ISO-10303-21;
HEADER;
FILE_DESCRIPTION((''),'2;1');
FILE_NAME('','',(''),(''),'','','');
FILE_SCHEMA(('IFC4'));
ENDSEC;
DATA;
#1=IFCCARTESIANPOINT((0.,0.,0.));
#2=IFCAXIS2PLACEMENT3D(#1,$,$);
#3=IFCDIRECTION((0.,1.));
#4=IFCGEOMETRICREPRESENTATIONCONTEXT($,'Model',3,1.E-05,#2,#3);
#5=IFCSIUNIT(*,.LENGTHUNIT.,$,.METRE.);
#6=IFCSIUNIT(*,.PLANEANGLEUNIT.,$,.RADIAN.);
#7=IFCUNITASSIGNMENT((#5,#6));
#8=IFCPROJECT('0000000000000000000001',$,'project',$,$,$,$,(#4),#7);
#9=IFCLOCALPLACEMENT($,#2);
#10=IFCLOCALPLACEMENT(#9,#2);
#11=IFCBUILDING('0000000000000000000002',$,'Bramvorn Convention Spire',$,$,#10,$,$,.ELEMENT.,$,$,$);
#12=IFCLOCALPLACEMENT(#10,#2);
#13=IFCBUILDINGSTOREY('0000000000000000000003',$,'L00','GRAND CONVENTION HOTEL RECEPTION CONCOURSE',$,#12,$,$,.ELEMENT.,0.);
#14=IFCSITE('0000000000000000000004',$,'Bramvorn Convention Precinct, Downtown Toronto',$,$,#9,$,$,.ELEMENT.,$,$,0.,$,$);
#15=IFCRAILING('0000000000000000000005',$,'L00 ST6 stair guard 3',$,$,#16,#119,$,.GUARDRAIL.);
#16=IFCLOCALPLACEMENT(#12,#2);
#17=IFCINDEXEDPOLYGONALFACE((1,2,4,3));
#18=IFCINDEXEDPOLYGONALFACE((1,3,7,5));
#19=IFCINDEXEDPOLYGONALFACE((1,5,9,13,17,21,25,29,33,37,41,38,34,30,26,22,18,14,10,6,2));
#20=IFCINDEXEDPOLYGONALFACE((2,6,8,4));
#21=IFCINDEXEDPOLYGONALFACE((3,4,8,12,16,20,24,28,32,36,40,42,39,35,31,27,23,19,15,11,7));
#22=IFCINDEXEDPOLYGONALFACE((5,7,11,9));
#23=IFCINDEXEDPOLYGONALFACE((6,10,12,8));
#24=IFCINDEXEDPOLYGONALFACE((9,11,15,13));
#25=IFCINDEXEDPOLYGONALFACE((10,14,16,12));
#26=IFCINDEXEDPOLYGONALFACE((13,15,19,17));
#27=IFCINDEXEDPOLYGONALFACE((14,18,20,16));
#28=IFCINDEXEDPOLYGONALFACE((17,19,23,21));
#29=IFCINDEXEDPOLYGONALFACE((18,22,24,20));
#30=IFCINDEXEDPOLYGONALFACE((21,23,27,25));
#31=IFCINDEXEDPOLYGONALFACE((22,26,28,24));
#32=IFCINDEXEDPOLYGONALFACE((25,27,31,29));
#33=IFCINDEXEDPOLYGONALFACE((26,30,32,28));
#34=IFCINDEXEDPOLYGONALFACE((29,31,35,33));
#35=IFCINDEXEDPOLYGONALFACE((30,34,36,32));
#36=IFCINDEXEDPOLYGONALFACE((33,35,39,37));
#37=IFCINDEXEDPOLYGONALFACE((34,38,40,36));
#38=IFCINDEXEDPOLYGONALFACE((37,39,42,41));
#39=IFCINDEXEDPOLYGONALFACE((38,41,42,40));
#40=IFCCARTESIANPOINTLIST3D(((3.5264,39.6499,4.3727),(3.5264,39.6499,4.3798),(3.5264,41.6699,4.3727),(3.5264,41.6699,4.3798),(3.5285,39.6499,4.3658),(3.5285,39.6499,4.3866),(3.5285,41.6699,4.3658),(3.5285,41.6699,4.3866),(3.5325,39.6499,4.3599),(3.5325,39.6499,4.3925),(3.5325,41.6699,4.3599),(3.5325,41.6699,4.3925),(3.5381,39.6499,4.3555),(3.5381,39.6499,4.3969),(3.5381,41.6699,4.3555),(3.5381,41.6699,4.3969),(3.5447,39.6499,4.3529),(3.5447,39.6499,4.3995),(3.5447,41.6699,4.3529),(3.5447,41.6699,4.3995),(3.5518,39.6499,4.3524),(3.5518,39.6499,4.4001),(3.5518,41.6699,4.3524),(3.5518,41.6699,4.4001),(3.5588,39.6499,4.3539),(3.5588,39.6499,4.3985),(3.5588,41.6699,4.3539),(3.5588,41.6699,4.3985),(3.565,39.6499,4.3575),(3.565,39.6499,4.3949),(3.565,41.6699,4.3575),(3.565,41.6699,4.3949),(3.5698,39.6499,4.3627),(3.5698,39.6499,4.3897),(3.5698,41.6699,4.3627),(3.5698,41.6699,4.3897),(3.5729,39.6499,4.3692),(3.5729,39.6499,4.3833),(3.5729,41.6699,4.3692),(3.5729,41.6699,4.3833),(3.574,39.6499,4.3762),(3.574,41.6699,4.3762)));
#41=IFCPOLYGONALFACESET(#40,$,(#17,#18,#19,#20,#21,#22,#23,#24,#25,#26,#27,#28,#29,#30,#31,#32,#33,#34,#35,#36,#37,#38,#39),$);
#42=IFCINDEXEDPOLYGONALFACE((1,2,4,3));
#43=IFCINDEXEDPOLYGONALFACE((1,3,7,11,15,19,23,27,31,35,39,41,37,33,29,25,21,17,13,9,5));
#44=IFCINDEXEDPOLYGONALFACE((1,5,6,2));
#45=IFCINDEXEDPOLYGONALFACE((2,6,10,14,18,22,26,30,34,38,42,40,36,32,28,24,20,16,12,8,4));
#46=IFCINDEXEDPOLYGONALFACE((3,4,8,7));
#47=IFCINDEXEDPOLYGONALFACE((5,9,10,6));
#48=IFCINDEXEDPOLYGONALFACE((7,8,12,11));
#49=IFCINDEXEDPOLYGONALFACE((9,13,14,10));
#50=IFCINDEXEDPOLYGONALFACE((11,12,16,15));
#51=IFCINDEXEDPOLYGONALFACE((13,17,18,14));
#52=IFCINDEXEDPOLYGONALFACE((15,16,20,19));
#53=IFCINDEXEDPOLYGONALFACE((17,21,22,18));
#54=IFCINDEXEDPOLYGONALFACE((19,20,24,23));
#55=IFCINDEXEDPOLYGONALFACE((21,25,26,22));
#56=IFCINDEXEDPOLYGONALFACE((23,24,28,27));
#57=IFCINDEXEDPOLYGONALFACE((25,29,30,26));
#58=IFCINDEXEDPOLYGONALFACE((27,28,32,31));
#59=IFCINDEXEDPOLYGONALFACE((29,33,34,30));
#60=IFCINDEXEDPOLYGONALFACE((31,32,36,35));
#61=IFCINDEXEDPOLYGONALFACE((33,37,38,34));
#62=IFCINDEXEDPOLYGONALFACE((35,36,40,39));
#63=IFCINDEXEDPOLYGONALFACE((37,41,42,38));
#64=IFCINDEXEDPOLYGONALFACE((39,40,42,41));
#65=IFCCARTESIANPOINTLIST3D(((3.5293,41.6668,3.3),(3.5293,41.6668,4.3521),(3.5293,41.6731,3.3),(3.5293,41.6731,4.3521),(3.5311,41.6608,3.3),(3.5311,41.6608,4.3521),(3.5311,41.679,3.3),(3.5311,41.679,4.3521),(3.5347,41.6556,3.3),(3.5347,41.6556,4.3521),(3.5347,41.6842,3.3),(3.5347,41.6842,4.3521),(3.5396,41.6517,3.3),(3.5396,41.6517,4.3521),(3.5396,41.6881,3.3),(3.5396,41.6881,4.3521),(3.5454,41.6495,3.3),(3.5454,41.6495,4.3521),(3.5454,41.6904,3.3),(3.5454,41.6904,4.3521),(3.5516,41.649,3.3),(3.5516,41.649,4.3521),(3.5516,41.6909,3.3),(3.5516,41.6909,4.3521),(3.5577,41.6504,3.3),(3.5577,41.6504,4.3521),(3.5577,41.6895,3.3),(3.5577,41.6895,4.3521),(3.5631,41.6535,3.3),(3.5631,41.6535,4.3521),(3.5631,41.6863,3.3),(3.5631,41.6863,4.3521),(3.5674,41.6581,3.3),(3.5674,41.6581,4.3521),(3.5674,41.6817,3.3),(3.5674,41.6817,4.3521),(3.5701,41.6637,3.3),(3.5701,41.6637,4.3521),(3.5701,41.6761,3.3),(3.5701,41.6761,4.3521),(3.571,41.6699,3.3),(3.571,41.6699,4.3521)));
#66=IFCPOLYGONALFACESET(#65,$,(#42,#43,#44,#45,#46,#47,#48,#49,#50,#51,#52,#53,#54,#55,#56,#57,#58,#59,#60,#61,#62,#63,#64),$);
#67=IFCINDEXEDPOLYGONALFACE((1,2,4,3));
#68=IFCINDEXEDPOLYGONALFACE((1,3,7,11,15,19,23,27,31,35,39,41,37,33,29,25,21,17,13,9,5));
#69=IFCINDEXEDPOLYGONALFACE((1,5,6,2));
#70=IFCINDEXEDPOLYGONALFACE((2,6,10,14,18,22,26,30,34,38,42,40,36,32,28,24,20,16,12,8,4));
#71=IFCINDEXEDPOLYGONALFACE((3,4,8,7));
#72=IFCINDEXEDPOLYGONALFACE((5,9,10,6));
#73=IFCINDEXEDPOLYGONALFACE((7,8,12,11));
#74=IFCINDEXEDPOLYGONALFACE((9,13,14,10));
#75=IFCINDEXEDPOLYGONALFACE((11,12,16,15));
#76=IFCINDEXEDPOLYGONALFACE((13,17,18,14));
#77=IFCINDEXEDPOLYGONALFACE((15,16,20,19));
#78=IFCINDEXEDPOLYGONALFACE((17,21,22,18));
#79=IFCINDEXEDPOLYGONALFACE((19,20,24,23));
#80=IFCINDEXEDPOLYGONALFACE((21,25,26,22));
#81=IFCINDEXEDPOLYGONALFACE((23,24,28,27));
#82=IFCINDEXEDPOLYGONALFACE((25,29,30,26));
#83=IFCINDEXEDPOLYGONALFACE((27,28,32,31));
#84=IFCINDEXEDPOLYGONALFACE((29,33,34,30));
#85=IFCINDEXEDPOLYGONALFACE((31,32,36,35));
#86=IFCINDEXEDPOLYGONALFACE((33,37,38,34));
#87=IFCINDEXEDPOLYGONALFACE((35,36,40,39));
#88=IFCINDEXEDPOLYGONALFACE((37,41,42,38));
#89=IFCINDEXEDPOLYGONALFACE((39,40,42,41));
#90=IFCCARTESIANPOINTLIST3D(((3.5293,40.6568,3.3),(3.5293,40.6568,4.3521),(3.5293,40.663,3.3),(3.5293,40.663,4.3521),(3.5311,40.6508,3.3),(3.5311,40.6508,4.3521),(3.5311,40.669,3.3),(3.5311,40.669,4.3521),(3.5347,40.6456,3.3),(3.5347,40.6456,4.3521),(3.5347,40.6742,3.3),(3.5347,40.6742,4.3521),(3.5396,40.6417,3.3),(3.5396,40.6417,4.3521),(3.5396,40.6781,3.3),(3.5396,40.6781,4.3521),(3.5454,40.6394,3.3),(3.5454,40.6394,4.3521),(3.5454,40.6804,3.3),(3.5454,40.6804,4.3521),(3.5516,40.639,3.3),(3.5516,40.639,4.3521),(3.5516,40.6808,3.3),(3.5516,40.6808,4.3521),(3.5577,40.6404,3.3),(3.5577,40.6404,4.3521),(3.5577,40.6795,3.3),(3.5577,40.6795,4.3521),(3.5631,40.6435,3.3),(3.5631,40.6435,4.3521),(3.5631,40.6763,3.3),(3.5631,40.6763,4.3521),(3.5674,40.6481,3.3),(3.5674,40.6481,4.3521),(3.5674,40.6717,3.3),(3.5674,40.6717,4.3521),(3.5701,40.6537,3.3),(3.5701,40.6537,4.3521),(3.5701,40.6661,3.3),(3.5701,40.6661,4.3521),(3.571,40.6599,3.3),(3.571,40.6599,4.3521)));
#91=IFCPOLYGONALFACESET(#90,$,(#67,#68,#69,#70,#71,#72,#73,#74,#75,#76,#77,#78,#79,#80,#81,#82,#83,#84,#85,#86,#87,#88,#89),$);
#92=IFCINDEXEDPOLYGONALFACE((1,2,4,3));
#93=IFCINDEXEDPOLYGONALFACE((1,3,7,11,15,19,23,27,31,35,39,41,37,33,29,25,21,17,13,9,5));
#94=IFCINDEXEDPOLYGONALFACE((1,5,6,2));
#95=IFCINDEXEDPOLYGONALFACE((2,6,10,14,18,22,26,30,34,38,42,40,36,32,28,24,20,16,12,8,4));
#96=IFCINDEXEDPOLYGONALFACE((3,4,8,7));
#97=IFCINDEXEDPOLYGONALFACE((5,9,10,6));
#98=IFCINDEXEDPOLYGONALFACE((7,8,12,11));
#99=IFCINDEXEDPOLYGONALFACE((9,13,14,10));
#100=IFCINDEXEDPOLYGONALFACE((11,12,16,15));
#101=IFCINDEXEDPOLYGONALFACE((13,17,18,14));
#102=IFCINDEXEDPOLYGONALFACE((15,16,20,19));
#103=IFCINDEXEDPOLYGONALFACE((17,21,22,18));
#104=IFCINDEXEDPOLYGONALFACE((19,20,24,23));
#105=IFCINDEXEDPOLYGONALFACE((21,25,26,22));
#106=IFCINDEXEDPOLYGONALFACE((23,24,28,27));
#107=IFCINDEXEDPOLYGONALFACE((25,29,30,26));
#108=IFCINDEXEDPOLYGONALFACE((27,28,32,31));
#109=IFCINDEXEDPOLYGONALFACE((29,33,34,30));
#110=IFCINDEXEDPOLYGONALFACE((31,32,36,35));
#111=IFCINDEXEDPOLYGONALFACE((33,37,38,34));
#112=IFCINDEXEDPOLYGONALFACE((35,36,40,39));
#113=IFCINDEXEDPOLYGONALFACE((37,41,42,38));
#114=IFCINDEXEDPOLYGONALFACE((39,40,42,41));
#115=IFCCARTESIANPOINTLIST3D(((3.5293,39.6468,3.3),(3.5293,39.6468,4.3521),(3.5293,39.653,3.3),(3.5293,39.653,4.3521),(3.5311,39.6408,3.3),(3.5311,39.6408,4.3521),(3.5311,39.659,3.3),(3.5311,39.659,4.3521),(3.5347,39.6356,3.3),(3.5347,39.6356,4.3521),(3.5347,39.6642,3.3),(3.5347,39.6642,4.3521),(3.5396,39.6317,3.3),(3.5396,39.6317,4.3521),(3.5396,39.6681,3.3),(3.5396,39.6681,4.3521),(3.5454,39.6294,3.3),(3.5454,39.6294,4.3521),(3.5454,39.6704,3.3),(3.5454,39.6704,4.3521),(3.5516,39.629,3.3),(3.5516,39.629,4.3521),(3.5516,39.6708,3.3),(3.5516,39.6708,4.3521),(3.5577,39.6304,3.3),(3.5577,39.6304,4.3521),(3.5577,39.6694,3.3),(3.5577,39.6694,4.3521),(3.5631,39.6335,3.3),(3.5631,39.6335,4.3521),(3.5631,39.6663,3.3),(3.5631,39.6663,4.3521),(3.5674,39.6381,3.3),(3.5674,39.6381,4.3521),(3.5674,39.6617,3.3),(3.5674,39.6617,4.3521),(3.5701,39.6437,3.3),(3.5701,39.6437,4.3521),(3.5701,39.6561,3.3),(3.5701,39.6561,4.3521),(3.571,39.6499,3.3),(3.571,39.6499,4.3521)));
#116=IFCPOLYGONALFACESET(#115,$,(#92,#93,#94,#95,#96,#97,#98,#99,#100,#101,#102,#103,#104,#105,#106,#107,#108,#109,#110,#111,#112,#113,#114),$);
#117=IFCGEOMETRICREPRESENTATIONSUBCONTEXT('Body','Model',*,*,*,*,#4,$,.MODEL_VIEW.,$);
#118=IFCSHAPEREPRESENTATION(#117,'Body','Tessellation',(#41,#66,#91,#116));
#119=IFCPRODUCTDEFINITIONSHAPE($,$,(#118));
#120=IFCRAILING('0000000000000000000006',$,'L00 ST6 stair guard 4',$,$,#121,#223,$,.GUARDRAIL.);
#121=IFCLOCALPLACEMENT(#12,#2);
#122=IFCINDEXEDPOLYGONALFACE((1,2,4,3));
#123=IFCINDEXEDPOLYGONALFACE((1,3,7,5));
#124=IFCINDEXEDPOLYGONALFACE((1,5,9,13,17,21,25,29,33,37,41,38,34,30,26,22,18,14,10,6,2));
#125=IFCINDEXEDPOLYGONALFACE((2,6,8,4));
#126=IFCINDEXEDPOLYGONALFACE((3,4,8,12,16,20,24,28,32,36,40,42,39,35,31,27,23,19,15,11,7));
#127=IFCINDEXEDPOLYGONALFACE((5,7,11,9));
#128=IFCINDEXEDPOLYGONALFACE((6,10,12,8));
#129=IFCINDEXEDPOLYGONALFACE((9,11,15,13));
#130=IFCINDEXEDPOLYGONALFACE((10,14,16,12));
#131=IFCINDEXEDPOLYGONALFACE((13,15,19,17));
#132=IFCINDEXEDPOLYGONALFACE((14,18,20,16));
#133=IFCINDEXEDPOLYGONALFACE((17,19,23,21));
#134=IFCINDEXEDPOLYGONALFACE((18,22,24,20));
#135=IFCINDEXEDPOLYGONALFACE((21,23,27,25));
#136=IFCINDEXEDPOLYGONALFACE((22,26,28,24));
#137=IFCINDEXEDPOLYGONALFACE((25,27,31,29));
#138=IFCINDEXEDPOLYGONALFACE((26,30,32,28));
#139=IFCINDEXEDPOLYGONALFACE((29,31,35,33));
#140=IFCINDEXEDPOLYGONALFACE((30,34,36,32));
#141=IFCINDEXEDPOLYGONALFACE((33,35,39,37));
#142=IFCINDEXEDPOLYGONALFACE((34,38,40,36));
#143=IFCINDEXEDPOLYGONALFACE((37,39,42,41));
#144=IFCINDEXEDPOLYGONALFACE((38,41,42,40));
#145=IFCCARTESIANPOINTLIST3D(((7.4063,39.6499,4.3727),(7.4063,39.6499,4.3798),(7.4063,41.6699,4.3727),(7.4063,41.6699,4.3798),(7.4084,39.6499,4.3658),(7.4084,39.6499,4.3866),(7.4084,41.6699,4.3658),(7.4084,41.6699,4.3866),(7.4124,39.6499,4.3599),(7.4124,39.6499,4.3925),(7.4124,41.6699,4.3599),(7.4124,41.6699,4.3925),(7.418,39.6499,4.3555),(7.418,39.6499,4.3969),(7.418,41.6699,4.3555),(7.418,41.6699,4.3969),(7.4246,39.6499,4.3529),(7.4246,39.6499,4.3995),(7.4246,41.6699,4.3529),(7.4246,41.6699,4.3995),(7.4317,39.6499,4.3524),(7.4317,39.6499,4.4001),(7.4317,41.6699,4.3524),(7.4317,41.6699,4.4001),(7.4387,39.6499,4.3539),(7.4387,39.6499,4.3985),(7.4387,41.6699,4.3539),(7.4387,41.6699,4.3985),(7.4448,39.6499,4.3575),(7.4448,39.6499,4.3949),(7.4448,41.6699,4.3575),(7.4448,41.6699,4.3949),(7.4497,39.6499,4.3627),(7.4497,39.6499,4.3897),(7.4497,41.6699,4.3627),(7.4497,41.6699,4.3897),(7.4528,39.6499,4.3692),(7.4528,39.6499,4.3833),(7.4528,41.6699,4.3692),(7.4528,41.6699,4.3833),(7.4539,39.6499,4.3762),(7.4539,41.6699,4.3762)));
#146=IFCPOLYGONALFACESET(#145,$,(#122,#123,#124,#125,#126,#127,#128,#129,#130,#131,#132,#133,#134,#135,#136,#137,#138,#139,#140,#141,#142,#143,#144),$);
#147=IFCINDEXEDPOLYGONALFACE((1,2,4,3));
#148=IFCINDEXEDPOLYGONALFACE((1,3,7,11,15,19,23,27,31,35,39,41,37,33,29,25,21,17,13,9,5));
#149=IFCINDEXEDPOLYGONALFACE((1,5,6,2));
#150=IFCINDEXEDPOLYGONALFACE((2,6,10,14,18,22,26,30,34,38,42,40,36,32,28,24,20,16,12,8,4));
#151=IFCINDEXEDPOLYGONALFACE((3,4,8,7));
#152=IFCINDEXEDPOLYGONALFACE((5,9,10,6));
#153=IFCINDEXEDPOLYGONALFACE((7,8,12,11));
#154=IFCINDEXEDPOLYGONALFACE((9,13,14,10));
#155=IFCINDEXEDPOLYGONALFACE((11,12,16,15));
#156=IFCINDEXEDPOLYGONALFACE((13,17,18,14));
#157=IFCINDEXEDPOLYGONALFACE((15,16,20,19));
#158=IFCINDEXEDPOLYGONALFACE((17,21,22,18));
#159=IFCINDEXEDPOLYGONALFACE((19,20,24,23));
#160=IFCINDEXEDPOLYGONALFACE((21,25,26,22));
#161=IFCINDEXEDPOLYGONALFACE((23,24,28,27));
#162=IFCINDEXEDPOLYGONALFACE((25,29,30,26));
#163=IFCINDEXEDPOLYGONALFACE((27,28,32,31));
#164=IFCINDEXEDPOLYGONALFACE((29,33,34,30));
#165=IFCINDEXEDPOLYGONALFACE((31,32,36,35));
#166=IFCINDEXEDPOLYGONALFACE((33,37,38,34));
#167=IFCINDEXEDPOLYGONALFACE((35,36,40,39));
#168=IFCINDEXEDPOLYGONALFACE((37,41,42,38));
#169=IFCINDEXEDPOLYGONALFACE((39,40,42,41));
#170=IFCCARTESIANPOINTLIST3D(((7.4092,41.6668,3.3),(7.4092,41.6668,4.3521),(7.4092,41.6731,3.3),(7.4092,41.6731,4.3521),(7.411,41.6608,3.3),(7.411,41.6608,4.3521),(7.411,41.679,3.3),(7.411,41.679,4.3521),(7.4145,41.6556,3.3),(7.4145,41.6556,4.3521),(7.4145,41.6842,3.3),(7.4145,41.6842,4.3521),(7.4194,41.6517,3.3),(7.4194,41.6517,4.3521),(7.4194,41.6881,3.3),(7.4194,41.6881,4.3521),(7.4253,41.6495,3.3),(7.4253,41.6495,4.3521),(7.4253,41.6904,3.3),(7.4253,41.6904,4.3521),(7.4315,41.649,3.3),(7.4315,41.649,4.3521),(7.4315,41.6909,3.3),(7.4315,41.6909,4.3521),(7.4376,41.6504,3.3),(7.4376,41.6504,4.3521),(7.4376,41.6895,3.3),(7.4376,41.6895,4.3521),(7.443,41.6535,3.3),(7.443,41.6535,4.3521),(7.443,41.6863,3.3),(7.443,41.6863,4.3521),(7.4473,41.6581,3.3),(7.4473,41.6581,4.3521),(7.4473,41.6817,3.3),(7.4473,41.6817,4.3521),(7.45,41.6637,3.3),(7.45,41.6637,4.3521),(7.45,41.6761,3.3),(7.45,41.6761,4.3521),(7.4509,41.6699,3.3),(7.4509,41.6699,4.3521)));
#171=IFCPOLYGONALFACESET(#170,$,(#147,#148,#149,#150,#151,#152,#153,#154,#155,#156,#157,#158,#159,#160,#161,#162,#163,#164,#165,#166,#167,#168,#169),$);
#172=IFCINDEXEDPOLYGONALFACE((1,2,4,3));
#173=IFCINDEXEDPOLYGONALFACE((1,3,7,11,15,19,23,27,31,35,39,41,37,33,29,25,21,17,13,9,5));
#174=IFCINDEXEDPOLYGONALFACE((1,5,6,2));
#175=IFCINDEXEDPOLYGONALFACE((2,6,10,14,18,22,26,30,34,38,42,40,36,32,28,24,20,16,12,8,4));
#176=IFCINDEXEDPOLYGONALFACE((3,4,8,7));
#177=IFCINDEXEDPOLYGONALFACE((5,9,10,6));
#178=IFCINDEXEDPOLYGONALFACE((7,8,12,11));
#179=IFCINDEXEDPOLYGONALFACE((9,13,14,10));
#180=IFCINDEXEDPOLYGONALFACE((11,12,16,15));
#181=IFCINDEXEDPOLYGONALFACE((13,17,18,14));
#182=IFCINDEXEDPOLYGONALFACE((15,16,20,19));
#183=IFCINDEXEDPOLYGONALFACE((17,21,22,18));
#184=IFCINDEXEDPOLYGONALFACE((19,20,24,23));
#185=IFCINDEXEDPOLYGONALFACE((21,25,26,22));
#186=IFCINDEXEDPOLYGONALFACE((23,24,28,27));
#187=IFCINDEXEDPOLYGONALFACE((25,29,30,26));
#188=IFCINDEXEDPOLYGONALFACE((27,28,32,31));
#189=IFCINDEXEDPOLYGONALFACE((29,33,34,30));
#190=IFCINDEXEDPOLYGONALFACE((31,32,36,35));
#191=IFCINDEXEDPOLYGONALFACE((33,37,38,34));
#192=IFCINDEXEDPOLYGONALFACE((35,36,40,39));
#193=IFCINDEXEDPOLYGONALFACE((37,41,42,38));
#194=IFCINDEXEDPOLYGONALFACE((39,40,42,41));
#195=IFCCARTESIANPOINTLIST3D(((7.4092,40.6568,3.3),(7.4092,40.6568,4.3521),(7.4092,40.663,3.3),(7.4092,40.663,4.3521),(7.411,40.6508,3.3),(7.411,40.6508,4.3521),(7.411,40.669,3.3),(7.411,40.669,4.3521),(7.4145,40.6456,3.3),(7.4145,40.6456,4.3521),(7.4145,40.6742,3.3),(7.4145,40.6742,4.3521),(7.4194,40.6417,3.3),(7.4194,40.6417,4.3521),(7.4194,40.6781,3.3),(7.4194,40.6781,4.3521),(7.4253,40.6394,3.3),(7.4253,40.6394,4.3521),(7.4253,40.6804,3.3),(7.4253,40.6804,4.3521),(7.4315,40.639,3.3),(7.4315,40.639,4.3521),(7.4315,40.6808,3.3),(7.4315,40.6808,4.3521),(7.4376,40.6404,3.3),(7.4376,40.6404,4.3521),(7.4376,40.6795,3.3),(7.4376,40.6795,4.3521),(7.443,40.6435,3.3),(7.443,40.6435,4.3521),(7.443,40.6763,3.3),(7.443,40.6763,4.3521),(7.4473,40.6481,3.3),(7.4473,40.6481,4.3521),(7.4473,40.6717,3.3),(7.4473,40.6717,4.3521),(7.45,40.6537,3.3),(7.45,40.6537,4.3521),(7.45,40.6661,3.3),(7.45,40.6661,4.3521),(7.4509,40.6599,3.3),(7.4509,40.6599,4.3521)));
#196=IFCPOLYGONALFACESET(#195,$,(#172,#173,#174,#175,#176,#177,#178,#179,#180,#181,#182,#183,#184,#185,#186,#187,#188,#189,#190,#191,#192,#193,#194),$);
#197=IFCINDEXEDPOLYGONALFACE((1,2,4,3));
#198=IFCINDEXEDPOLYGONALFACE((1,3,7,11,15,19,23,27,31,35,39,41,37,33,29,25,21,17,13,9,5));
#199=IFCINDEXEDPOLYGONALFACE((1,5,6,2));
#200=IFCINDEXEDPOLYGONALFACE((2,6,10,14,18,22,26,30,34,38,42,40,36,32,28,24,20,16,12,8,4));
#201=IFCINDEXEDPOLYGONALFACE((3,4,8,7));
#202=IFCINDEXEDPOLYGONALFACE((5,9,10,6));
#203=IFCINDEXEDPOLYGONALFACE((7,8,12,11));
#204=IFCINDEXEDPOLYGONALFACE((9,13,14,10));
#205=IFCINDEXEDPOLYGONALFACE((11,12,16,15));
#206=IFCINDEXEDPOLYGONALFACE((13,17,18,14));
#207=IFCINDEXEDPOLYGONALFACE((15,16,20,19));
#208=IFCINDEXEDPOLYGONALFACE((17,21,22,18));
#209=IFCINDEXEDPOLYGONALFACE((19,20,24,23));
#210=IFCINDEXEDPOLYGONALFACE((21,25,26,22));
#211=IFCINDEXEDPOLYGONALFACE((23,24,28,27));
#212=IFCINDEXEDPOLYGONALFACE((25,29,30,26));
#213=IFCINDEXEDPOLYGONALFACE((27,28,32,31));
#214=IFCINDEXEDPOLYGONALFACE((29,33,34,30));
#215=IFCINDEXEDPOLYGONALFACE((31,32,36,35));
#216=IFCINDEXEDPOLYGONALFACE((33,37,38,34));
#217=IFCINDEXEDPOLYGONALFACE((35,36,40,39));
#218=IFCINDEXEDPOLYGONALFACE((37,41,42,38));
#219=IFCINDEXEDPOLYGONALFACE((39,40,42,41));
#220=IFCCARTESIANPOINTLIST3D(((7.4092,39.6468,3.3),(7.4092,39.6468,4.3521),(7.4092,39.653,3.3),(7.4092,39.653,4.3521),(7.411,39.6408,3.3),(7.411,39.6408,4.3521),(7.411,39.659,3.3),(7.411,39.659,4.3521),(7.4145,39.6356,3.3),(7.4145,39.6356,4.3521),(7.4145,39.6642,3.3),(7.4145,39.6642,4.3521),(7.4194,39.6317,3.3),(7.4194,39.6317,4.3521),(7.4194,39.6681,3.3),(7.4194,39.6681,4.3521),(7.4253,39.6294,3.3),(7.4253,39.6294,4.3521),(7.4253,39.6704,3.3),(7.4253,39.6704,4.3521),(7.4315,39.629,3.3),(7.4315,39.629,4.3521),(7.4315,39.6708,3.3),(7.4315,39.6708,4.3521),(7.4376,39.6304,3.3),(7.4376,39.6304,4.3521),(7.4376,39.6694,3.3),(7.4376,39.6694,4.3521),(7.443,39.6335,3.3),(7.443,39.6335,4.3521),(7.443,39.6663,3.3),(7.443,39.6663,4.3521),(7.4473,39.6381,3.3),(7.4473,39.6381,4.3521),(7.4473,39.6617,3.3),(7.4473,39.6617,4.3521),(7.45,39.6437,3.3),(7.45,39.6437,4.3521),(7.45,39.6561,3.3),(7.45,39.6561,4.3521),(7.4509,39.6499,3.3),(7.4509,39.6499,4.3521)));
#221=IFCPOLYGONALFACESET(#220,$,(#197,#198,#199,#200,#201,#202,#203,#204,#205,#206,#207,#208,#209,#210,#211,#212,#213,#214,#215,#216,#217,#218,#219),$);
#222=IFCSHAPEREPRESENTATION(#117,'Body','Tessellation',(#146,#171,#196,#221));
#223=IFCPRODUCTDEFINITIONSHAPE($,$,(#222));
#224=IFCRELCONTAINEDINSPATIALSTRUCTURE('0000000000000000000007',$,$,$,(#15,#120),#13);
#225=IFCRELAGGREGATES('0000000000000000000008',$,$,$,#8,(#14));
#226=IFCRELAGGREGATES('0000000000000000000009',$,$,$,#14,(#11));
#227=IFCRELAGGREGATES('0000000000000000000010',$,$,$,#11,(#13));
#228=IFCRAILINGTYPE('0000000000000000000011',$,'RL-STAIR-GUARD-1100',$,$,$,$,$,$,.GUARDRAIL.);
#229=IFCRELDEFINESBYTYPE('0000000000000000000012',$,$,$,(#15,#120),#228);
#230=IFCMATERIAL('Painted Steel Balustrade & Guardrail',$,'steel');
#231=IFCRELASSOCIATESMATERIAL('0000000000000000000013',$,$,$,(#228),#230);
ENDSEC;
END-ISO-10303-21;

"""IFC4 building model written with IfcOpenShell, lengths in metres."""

from ifc_helpers import new_model, si_unit, direction, frame, origin, origin_2d, place, context, subcontext, project, spatial, circle, extrude, material, type_object, element, save


model = new_model("IFC4")

# Units and contexts
model_context = context("Model", 3, precision=1e-05, world=origin(), true_north=direction((0.0, 1.0)))
body_context = subcontext(model_context, "Body", "Model", "MODEL_VIEW")
ifc_project = project(units=[si_unit("LENGTHUNIT", "METRE"), si_unit("PLANEANGLEUNIT", "RADIAN")], contexts=[model_context])

# Site, building, storey
site_placement = place(None, origin())
site = spatial("IfcSite", under=ifc_project, at=site_placement, Name="Bramvorn Convention Precinct, Downtown Toronto", CompositionType="ELEMENT", RefElevation=0.0)
building_placement = place(site_placement, origin())
building = spatial("IfcBuilding", under=site, at=building_placement, Name="Bramvorn Convention Spire", CompositionType="ELEMENT")
storey_placement = place(building_placement, origin())
storey = spatial("IfcBuildingStorey", under=building, at=storey_placement, Name="L00", Description="GRAND CONVENTION HOTEL RECEPTION CONCOURSE", CompositionType="ELEMENT", Elevation=0.0)

# Railings
ifc_material_1 = material(Name="Painted Steel Balustrade & Guardrail", Category="steel")
railing_type_1 = type_object("IfcRailingType", Name="RL-STAIR-GUARD-1100", PredefinedType="GUARDRAIL", material=ifc_material_1)
for number, where, name in (
    (1, (3.55, 41.6699, 3.3), "L00 ST6 stair guard 3"),
    (2, (7.4299, 41.6699, 3.3), "L00 ST6 stair guard 4"),
):
    element("IfcRailing", number, at=place(storey_placement, frame(where)), inside=storey, type_object=railing_type_1, Name=name, PredefinedType="GUARDRAIL", context=body_context, shape_type="SweptSolid", body=[
        extrude(circle(Radius=0.0239, at=origin_2d()), frame((0.0, 0.0, 1.0762), z_axis=(0.0, -1.0, 0.0), x_axis=(1.0, 0.0, 0.0)), (0.0, 0.0, 1.0), 2.02),
        extrude(circle(Radius=0.021, at=origin_2d()), origin(), (0.0, 0.0, 1.0), 1.052),
        extrude(circle(Radius=0.021, at=origin_2d()), frame((0.0, -1.01, 0.0)), (0.0, 0.0, 1.0), 1.052),
        extrude(circle(Radius=0.021, at=origin_2d()), frame((0.0, -2.02, 0.0)), (0.0, 0.0, 1.0), 1.052),
    ])

save(model, "model.ifc")
